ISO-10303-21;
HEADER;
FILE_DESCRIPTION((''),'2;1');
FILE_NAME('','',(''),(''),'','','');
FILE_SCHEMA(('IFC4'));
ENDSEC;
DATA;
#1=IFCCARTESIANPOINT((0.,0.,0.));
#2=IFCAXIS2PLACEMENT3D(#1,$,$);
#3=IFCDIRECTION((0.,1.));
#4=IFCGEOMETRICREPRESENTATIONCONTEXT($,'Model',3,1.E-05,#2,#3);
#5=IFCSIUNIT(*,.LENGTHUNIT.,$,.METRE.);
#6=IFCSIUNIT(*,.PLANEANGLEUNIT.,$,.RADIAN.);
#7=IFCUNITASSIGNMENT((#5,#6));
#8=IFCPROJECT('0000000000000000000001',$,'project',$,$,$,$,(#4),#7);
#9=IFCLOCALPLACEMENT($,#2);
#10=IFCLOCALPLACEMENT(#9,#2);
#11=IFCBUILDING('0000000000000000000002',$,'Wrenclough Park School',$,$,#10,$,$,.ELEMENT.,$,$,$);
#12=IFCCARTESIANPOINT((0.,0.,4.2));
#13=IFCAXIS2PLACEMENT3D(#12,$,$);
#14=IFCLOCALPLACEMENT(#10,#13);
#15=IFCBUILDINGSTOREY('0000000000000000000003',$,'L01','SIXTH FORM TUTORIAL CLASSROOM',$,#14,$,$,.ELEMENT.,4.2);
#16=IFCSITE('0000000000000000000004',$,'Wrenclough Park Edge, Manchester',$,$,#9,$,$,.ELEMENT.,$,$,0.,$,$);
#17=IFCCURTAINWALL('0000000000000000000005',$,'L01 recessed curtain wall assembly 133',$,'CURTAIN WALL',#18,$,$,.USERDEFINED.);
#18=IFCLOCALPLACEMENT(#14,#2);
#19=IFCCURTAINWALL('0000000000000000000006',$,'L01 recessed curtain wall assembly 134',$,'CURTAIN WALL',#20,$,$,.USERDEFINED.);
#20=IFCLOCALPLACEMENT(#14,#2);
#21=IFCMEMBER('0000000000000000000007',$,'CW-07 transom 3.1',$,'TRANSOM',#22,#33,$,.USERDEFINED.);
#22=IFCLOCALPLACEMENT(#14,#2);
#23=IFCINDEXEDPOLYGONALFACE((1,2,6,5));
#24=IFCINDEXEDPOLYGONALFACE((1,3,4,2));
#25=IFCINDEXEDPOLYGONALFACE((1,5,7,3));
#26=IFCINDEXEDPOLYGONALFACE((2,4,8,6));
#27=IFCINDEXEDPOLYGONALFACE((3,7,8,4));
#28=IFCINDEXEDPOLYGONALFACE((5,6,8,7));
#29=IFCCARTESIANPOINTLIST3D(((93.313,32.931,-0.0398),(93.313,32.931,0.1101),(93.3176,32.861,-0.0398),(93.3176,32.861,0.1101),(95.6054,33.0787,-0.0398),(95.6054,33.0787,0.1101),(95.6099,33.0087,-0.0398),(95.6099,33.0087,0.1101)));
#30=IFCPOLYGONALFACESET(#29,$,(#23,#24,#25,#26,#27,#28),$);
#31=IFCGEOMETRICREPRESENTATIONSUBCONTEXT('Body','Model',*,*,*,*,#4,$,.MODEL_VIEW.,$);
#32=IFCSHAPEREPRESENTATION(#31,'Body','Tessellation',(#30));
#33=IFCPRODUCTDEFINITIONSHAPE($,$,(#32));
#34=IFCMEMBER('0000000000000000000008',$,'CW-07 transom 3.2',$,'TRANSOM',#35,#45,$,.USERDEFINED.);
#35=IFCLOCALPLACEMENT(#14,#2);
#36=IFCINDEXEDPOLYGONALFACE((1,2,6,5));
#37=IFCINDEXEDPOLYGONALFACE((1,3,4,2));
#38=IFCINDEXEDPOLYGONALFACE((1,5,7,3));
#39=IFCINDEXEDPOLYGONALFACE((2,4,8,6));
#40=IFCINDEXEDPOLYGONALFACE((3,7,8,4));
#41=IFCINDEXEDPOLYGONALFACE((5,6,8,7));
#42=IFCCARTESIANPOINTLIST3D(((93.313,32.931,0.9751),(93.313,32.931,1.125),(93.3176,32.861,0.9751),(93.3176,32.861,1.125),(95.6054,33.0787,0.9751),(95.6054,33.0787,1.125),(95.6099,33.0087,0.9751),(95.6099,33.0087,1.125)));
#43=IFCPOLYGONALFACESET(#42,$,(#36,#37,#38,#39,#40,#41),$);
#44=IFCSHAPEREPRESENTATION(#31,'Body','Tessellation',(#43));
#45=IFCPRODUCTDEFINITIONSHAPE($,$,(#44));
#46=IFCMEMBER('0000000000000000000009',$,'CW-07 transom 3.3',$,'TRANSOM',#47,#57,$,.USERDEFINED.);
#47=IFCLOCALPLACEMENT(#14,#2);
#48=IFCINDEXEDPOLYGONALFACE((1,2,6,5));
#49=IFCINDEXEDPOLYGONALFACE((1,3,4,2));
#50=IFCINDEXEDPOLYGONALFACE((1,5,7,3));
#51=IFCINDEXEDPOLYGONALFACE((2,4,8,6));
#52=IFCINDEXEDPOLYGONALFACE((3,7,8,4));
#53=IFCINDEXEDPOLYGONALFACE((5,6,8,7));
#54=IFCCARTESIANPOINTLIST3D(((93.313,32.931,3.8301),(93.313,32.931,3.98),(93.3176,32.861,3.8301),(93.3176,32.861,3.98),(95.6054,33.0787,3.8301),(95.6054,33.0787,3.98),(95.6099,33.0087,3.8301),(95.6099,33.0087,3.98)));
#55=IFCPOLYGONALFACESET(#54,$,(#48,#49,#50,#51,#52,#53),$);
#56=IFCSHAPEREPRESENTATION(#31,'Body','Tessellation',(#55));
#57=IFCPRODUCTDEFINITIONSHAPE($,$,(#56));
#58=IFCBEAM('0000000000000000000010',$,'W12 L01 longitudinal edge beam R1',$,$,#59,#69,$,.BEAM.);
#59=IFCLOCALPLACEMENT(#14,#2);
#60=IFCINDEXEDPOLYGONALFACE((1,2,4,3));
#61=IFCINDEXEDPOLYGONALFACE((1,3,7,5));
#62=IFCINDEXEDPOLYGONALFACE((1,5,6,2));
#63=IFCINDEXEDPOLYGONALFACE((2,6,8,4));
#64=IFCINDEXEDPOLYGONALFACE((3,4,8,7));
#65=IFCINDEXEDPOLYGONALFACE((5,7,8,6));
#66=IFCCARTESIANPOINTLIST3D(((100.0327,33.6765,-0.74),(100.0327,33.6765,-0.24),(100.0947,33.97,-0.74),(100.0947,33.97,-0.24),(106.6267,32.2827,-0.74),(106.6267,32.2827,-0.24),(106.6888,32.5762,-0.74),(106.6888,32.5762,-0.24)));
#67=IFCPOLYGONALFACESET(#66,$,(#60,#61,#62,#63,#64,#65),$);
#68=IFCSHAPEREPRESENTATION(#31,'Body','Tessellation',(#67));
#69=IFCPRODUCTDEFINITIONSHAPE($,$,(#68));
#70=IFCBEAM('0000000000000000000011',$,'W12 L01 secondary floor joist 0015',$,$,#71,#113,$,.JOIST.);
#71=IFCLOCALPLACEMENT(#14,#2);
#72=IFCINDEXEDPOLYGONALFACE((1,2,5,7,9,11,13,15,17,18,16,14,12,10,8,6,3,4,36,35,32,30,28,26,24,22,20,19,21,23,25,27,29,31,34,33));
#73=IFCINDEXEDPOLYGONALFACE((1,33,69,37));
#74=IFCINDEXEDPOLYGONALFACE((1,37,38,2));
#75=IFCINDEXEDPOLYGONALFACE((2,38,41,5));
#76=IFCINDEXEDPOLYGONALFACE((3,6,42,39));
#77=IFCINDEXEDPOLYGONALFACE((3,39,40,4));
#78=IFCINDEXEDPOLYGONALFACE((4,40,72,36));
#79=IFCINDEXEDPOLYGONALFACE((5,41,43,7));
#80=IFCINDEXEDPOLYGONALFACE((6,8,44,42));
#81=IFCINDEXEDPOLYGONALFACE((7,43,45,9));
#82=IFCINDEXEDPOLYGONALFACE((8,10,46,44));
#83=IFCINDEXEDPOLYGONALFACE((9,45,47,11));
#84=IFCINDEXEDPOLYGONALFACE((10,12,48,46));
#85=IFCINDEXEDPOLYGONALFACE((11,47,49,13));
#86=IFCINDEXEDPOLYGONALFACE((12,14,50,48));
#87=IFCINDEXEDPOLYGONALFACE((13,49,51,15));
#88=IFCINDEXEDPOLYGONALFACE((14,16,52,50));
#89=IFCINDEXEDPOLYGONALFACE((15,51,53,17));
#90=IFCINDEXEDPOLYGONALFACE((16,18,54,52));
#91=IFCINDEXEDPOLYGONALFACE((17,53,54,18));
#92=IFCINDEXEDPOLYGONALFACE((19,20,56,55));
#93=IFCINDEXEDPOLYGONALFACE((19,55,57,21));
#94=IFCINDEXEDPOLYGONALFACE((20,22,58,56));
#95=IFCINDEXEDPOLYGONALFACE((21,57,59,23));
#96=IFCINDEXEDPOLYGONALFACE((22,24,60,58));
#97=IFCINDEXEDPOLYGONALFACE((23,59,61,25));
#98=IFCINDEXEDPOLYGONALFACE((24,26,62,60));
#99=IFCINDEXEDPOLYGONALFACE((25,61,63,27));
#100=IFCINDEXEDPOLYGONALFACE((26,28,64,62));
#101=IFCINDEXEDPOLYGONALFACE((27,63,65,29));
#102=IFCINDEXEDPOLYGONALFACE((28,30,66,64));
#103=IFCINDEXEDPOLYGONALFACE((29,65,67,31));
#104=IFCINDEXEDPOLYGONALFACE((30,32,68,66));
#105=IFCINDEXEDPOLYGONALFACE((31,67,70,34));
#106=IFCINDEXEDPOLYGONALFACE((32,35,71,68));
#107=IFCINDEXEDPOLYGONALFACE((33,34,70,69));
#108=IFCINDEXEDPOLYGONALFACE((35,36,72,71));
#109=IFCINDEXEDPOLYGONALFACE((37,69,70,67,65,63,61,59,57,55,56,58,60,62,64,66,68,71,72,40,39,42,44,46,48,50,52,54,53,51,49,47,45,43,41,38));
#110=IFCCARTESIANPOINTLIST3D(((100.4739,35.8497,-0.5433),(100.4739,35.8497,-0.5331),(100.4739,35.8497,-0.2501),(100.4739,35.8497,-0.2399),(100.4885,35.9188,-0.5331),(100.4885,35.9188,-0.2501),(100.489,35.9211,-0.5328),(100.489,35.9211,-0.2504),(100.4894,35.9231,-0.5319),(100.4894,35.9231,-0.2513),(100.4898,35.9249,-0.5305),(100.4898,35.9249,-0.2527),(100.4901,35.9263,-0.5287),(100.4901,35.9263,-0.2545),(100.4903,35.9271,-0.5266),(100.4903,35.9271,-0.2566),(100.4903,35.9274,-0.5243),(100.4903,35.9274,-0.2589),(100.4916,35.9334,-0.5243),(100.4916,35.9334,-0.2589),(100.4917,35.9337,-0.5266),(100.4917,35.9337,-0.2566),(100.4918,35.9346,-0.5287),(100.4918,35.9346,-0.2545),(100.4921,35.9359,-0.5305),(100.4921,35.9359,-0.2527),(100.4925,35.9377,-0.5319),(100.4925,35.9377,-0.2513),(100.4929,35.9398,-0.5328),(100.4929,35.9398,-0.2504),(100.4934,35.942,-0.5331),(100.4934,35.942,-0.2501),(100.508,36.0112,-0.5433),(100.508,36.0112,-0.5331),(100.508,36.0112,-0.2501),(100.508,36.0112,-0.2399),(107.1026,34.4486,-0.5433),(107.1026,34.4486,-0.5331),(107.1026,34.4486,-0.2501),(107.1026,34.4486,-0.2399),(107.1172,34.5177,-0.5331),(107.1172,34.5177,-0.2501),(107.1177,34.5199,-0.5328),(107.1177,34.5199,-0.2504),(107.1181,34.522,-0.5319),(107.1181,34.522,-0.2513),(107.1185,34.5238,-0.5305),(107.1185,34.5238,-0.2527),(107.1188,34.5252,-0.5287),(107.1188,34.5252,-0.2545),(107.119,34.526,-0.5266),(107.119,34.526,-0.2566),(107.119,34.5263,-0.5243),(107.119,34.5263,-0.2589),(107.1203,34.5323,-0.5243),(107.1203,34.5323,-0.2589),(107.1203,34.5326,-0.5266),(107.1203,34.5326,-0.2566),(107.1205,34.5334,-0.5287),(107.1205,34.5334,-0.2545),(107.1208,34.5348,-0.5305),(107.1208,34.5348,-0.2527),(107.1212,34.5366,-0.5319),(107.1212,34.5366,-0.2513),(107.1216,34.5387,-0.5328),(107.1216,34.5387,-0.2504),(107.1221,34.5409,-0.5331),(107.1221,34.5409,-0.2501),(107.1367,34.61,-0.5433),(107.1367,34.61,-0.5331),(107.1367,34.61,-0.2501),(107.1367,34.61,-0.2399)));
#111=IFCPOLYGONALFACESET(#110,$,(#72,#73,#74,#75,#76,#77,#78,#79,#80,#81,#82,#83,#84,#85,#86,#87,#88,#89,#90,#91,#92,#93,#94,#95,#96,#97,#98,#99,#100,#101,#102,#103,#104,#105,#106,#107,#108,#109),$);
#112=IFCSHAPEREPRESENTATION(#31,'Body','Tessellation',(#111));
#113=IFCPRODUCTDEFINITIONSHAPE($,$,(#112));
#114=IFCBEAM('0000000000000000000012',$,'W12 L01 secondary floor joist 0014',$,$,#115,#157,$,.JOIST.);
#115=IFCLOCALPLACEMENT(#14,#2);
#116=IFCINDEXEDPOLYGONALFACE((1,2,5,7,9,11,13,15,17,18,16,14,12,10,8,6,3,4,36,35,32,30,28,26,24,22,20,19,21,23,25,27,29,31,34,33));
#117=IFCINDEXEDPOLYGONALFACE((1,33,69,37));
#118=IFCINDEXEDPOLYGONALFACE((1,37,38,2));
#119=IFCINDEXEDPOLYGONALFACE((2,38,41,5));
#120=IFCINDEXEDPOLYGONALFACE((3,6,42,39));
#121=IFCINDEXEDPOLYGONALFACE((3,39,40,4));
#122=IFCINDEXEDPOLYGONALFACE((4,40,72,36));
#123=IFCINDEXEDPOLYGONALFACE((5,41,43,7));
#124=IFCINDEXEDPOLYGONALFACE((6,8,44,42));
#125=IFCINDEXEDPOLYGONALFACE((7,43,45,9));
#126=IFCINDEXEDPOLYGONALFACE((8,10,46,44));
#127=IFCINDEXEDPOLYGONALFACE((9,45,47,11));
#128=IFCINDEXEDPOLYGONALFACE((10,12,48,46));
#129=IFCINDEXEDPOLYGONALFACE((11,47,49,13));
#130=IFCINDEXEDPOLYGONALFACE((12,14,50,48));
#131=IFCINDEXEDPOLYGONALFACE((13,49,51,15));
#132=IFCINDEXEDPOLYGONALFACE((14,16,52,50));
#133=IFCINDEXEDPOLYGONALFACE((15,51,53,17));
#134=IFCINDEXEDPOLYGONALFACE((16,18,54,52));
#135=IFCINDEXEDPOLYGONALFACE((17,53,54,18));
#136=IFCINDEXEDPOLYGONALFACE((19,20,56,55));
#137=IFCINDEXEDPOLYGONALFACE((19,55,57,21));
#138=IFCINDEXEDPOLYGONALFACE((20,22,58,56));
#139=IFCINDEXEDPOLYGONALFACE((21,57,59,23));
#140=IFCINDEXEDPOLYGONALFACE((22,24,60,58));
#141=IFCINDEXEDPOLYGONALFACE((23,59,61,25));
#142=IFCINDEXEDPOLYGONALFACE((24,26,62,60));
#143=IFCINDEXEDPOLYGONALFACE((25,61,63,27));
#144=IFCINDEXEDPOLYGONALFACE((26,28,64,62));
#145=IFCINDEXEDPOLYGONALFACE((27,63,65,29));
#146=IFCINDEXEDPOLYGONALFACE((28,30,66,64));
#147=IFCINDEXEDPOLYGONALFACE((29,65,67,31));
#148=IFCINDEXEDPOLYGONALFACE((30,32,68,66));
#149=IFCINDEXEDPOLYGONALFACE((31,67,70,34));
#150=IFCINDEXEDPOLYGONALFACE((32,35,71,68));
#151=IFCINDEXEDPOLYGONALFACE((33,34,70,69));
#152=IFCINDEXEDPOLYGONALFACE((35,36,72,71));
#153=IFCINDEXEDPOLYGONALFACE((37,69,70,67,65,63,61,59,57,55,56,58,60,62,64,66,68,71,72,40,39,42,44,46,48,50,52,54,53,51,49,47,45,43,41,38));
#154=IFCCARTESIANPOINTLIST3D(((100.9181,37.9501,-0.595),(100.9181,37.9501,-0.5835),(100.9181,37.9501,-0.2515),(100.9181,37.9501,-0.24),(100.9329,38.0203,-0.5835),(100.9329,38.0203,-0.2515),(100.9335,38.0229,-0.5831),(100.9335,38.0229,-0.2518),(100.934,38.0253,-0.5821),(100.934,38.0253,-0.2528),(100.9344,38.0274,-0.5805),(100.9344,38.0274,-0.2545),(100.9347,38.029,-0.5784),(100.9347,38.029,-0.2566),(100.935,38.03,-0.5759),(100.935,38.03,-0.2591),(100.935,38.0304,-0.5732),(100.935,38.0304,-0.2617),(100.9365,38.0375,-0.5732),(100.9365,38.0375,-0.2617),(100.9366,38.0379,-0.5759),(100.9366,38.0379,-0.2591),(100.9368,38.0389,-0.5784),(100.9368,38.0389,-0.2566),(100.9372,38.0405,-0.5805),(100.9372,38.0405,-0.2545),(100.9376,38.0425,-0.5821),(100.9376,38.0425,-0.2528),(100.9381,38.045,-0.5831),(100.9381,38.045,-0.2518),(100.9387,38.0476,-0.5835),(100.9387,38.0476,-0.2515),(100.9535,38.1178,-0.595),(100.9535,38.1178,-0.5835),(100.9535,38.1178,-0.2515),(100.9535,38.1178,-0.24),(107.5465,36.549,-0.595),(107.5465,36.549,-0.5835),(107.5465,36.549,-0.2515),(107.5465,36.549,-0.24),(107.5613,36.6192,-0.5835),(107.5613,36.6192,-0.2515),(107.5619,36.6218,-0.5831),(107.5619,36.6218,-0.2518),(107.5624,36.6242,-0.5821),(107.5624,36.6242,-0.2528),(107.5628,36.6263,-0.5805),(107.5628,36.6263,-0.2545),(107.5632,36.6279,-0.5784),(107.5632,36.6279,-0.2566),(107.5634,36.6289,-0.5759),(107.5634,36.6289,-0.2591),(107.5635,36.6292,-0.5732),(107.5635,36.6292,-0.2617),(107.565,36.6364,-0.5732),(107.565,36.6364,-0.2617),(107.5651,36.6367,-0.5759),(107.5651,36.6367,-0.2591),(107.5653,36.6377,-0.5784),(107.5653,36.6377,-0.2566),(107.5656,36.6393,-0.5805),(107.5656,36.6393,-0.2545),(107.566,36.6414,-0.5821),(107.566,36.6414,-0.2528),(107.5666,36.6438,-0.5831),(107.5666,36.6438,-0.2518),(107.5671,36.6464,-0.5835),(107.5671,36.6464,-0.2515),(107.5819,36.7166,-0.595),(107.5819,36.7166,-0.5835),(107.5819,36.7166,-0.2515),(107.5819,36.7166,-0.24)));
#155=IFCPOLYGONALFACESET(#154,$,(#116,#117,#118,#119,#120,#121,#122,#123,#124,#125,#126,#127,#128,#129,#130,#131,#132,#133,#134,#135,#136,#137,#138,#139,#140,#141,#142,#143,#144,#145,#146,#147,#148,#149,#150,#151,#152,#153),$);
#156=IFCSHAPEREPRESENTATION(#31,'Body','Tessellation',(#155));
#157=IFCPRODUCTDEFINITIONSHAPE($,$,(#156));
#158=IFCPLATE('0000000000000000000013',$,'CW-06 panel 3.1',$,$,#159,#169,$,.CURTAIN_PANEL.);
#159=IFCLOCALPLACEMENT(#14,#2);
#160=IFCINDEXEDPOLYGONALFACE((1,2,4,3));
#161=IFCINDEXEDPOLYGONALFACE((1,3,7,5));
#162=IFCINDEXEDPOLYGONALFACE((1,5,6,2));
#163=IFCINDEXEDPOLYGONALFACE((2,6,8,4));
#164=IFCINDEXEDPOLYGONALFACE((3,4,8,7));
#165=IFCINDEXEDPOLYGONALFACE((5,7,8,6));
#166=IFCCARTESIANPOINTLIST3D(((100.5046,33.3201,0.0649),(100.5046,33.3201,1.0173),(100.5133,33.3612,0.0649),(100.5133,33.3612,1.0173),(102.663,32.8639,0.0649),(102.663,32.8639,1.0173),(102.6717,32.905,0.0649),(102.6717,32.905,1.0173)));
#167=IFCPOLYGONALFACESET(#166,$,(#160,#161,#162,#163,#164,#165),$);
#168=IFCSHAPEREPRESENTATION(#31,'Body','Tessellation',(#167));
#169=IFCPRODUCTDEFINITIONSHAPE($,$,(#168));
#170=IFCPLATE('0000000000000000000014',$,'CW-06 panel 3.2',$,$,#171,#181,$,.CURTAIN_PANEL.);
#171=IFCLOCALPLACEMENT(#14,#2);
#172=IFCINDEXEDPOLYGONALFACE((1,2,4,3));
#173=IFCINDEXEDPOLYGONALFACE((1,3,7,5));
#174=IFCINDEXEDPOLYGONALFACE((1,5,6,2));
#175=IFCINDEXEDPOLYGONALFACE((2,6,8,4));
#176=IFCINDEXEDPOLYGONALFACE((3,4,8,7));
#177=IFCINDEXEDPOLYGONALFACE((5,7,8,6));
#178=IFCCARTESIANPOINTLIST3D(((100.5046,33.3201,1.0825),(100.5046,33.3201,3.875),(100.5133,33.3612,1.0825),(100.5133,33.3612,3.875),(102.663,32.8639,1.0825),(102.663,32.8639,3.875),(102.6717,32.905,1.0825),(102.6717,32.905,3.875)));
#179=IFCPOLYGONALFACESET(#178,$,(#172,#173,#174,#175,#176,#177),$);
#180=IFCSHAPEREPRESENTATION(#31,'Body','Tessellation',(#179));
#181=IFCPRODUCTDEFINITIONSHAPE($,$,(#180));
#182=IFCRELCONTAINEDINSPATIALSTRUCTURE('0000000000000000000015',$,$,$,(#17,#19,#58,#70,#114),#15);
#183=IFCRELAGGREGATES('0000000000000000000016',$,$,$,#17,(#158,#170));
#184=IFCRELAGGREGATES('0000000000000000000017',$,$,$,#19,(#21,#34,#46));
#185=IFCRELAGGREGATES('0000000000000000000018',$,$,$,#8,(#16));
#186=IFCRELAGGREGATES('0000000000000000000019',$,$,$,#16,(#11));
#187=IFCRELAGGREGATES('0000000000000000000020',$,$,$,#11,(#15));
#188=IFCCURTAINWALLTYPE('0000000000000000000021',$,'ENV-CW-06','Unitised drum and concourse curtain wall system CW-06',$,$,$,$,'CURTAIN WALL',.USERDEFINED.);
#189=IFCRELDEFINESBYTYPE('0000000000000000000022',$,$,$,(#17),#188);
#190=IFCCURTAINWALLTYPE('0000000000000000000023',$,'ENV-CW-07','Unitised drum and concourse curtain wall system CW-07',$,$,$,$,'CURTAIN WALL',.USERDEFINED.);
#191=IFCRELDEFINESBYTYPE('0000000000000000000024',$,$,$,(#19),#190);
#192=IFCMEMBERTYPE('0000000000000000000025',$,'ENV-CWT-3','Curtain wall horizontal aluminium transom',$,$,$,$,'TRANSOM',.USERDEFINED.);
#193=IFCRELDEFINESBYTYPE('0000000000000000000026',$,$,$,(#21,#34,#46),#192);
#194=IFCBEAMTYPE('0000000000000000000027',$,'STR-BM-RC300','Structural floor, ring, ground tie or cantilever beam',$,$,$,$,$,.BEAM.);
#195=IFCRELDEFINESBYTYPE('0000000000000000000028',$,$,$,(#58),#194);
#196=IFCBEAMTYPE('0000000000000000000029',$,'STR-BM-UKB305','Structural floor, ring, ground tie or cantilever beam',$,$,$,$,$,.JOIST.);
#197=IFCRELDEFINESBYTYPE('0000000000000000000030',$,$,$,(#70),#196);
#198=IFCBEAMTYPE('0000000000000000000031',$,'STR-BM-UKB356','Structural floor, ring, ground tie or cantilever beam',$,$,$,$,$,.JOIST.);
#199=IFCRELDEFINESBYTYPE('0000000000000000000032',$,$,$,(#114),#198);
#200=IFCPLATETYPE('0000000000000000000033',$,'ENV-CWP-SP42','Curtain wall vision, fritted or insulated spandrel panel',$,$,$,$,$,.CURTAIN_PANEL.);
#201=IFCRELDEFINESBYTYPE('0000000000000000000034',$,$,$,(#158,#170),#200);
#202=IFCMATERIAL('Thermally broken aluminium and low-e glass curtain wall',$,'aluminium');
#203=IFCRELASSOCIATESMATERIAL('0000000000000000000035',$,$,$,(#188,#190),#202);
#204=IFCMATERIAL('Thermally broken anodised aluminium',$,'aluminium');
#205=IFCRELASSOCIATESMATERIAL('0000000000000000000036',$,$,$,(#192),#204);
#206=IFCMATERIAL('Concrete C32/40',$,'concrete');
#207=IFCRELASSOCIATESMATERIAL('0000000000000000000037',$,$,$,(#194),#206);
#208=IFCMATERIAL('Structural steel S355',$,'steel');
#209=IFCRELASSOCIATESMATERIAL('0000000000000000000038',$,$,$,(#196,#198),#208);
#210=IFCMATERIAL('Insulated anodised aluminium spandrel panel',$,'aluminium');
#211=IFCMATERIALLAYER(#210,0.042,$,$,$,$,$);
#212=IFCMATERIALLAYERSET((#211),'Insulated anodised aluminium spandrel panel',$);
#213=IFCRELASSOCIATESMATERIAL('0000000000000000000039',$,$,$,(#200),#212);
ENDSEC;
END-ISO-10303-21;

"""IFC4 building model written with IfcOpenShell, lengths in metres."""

from ifc_helpers import new_model, si_unit, direction, frame, origin, origin_2d, place, context, subcontext, project, spatial, rectangle, i_section, extrude, material, layer, layer_set, material_profile, profile_set, type_object, element, aggregate, save


model = new_model("IFC4")

# Units and contexts
model_context = context("Model", 3, precision=1e-05, world=origin(), true_north=direction((0.0, 1.0)))
body_context = subcontext(model_context, "Body", "Model", "MODEL_VIEW")
ifc_project = project(units=[si_unit("LENGTHUNIT", "METRE"), si_unit("PLANEANGLEUNIT", "RADIAN")], contexts=[model_context])

# Site, building, storey
site_placement = place(None, origin())
site = spatial("IfcSite", under=ifc_project, at=site_placement, Name="Wrenclough Park Edge, Manchester", CompositionType="ELEMENT", RefElevation=0.0)
building_placement = place(site_placement, origin())
building = spatial("IfcBuilding", under=site, at=building_placement, Name="Wrenclough Park School", CompositionType="ELEMENT")
storey_placement = place(building_placement, frame((0.0, 0.0, 4.2)))
storey = spatial("IfcBuildingStorey", under=building, at=storey_placement, Name="L01", Description="SIXTH FORM TUTORIAL CLASSROOM", CompositionType="ELEMENT", Elevation=4.2)

# Shared definitions
ifc_material_1 = material(Name="Structural steel S355", Category="steel")

# Curtain wall
ifc_material_2 = material(Name="Thermally broken aluminium and low-e glass curtain wall", Category="aluminium")
curtain_wall_type_1 = type_object("IfcCurtainWallType", Name="ENV-CW-06", Description="Unitised drum and concourse curtain wall system CW-06", ElementType="CURTAIN WALL", PredefinedType="USERDEFINED", material=ifc_material_2)
curtain_wall_1_placement = place(storey_placement, origin())
curtain_wall_1 = element("IfcCurtainWall", 1, at=curtain_wall_1_placement, inside=storey, type_object=curtain_wall_type_1, Name="L01 recessed curtain wall assembly 133", ObjectType="CURTAIN WALL", PredefinedType="USERDEFINED")
ifc_material_3 = material(Name="Thermally broken anodised aluminium", Category="aluminium")

# Curtain wall, members
curtain_wall_type_2 = type_object("IfcCurtainWallType", Name="ENV-CW-07", Description="Unitised drum and concourse curtain wall system CW-07", ElementType="CURTAIN WALL", PredefinedType="USERDEFINED", material=ifc_material_2)
curtain_wall_2_placement = place(storey_placement, origin())
curtain_wall_2 = element("IfcCurtainWall", 2, at=curtain_wall_2_placement, inside=storey, type_object=curtain_wall_type_2, Name="L01 recessed curtain wall assembly 134", ObjectType="CURTAIN WALL", PredefinedType="USERDEFINED")
ifc_material_profile_1 = material_profile(ifc_material_3, rectangle(XDim=0.0701, YDim=0.1499, at=origin_2d()), Name="AL TRANSOM 70x150")
ifc_profile_set_1 = profile_set([ifc_material_profile_1], Name="Thermally broken anodised aluminium")
member_type_1 = type_object("IfcMemberType", Name="ENV-CWT-3", Description="Curtain wall horizontal aluminium transom", ElementType="TRANSOM", PredefinedType="USERDEFINED", material=ifc_profile_set_1)
member_1_placement = place(storey_placement, frame((95.6077, 33.0437, 0.0352), z_axis=(-0.997931, -0.064297, 0.0), x_axis=(0.064297, -0.997931, 0.0)))
member_1 = element("IfcMember", 3, at=member_1_placement, type_object=member_type_1, Name="CW-07 transom 3.1", ObjectType="TRANSOM", PredefinedType="USERDEFINED", context=body_context, shape_type="SweptSolid", body=[
    extrude(rectangle(XDim=0.0701, YDim=0.1499, at=origin_2d()), origin(), (0.0, 0.0, 1.0), 2.2971),
])
member_2_placement = place(storey_placement, frame((95.6077, 33.0437, 1.05), z_axis=(-0.997931, -0.064297, 0.0), x_axis=(0.064297, -0.997931, 0.0)))
member_2 = element("IfcMember", 4, at=member_2_placement, type_object=member_type_1, Name="CW-07 transom 3.2", ObjectType="TRANSOM", PredefinedType="USERDEFINED", context=body_context, shape_type="SweptSolid", body=[
    extrude(rectangle(XDim=0.0701, YDim=0.1499, at=origin_2d()), origin(), (0.0, 0.0, 1.0), 2.2971),
])
member_3_placement = place(storey_placement, frame((95.6077, 33.0437, 3.905), z_axis=(-0.997931, -0.064297, 0.0), x_axis=(0.064297, -0.997931, 0.0)))
member_3 = element("IfcMember", 5, at=member_3_placement, type_object=member_type_1, Name="CW-07 transom 3.3", ObjectType="TRANSOM", PredefinedType="USERDEFINED", context=body_context, shape_type="SweptSolid", body=[
    extrude(rectangle(XDim=0.0701, YDim=0.1499, at=origin_2d()), origin(), (0.0, 0.0, 1.0), 2.2971),
])

# Beams
ifc_material_4 = material(Name="Concrete C32/40", Category="concrete")
ifc_material_profile_2 = material_profile(ifc_material_4, rectangle(XDim=0.3, YDim=0.5, at=origin_2d()), Name="RC BEAM 300x500")
ifc_profile_set_2 = profile_set([ifc_material_profile_2], Name="Concrete C32/40")
beam_type_1 = type_object("IfcBeamType", Name="STR-BM-RC300", Description="Structural floor, ring, ground tie or cantilever beam", PredefinedType="BEAM", material=ifc_profile_set_2)
beam_1_placement = place(storey_placement, frame((100.0637, 33.8232, -0.49), z_axis=(0.978382, -0.206805, 0.0), x_axis=(0.206805, 0.978382, 0.0)))
element("IfcBeam", 6, at=beam_1_placement, inside=storey, type_object=beam_type_1, Name="W12 L01 longitudinal edge beam R1", PredefinedType="BEAM", context=body_context, shape_type="SweptSolid", body=[
    extrude(rectangle(XDim=0.3, YDim=0.5, at=origin_2d()), origin(), (0.0, 0.0, 1.0), 6.7397),
])
ifc_material_profile_3 = material_profile(ifc_material_1, i_section(OverallWidth=0.165, OverallDepth=0.3035, WebThickness=0.0061, FlangeThickness=0.0103, FilletRadius=0.0088, at=origin_2d()), Name="UKB 305x165x40")
ifc_profile_set_3 = profile_set([ifc_material_profile_3], Name="Structural steel S355")
beam_type_2 = type_object("IfcBeamType", Name="STR-BM-UKB305", Description="Structural floor, ring, ground tie or cantilever beam", PredefinedType="JOIST", material=ifc_profile_set_3)
beam_2_placement = place(storey_placement, frame((100.491, 35.9304, -0.3916), z_axis=(0.978382, -0.206804, 0.0), x_axis=(0.206804, 0.978382, 0.0)))
element("IfcBeam", 7, at=beam_2_placement, inside=storey, type_object=beam_type_2, Name="W12 L01 secondary floor joist 0015", PredefinedType="JOIST", context=body_context, shape_type="SweptSolid", body=[
    extrude(i_section(OverallWidth=0.165, OverallDepth=0.3035, WebThickness=0.0061, FlangeThickness=0.0103, FilletRadius=0.0088, at=origin_2d()), origin(), (0.0, 0.0, 1.0), 6.7751),
])
ifc_material_profile_4 = material_profile(ifc_material_1, i_section(OverallWidth=0.1714, OverallDepth=0.355, WebThickness=0.0073, FlangeThickness=0.0115, FilletRadius=0.0103, at=origin_2d()), Name="UKB 356x171x51")
ifc_profile_set_4 = profile_set([ifc_material_profile_4], Name="Structural steel S355")
beam_type_3 = type_object("IfcBeamType", Name="STR-BM-UKB356", Description="Structural floor, ring, ground tie or cantilever beam", PredefinedType="JOIST", material=ifc_profile_set_4)
beam_3_placement = place(storey_placement, frame((100.9358, 38.0339, -0.4175), z_axis=(0.978381, -0.206811, 0.0), x_axis=(0.206811, 0.978381, 0.0)))
element("IfcBeam", 8, at=beam_3_placement, inside=storey, type_object=beam_type_3, Name="W12 L01 secondary floor joist 0014", PredefinedType="JOIST", context=body_context, shape_type="SweptSolid", body=[
    extrude(i_section(OverallWidth=0.1714, OverallDepth=0.355, WebThickness=0.0073, FlangeThickness=0.0115, FilletRadius=0.0103, at=origin_2d()), origin(), (0.0, 0.0, 1.0), 6.7749),
])

# Plates
ifc_material_5 = material(Name="Insulated anodised aluminium spandrel panel", Category="aluminium")
ifc_layer_1 = layer(ifc_material_5, 0.042)
ifc_layer_set_1 = layer_set([ifc_layer_1], Name="Insulated anodised aluminium spandrel panel")
plate_type_1 = type_object("IfcPlateType", Name="ENV-CWP-SP42", Description="Curtain wall vision, fritted or insulated spandrel panel", PredefinedType="CURTAIN_PANEL", material=ifc_layer_set_1)
plate_1_placement = place(storey_placement, frame((101.5881, 33.1125, 0.0649), z_axis=(0.0, 0.0, 1.0), x_axis=(-0.978379, 0.206818, 0.0)))
plate_1 = element("IfcPlate", 9, at=plate_1_placement, type_object=plate_type_1, Name="CW-06 panel 3.1", PredefinedType="CURTAIN_PANEL", context=body_context, shape_type="SweptSolid", body=[
    extrude(rectangle(XDim=2.2061, YDim=0.042, at=origin_2d()), origin(), (0.0, 0.0, 1.0), 0.9524),
])
plate_2_placement = place(storey_placement, frame((101.5881, 33.1125, 1.0825), z_axis=(0.0, 0.0, 1.0), x_axis=(-0.978379, 0.206818, 0.0)))
plate_2 = element("IfcPlate", 10, at=plate_2_placement, type_object=plate_type_1, Name="CW-06 panel 3.2", PredefinedType="CURTAIN_PANEL", context=body_context, shape_type="SweptSolid", body=[
    extrude(rectangle(XDim=2.2061, YDim=0.042, at=origin_2d()), origin(), (0.0, 0.0, 1.0), 2.7925),
])
aggregate(curtain_wall_1, [plate_1, plate_2])
aggregate(curtain_wall_2, [member_1, member_2, member_3])

save(model, "model.ifc")
